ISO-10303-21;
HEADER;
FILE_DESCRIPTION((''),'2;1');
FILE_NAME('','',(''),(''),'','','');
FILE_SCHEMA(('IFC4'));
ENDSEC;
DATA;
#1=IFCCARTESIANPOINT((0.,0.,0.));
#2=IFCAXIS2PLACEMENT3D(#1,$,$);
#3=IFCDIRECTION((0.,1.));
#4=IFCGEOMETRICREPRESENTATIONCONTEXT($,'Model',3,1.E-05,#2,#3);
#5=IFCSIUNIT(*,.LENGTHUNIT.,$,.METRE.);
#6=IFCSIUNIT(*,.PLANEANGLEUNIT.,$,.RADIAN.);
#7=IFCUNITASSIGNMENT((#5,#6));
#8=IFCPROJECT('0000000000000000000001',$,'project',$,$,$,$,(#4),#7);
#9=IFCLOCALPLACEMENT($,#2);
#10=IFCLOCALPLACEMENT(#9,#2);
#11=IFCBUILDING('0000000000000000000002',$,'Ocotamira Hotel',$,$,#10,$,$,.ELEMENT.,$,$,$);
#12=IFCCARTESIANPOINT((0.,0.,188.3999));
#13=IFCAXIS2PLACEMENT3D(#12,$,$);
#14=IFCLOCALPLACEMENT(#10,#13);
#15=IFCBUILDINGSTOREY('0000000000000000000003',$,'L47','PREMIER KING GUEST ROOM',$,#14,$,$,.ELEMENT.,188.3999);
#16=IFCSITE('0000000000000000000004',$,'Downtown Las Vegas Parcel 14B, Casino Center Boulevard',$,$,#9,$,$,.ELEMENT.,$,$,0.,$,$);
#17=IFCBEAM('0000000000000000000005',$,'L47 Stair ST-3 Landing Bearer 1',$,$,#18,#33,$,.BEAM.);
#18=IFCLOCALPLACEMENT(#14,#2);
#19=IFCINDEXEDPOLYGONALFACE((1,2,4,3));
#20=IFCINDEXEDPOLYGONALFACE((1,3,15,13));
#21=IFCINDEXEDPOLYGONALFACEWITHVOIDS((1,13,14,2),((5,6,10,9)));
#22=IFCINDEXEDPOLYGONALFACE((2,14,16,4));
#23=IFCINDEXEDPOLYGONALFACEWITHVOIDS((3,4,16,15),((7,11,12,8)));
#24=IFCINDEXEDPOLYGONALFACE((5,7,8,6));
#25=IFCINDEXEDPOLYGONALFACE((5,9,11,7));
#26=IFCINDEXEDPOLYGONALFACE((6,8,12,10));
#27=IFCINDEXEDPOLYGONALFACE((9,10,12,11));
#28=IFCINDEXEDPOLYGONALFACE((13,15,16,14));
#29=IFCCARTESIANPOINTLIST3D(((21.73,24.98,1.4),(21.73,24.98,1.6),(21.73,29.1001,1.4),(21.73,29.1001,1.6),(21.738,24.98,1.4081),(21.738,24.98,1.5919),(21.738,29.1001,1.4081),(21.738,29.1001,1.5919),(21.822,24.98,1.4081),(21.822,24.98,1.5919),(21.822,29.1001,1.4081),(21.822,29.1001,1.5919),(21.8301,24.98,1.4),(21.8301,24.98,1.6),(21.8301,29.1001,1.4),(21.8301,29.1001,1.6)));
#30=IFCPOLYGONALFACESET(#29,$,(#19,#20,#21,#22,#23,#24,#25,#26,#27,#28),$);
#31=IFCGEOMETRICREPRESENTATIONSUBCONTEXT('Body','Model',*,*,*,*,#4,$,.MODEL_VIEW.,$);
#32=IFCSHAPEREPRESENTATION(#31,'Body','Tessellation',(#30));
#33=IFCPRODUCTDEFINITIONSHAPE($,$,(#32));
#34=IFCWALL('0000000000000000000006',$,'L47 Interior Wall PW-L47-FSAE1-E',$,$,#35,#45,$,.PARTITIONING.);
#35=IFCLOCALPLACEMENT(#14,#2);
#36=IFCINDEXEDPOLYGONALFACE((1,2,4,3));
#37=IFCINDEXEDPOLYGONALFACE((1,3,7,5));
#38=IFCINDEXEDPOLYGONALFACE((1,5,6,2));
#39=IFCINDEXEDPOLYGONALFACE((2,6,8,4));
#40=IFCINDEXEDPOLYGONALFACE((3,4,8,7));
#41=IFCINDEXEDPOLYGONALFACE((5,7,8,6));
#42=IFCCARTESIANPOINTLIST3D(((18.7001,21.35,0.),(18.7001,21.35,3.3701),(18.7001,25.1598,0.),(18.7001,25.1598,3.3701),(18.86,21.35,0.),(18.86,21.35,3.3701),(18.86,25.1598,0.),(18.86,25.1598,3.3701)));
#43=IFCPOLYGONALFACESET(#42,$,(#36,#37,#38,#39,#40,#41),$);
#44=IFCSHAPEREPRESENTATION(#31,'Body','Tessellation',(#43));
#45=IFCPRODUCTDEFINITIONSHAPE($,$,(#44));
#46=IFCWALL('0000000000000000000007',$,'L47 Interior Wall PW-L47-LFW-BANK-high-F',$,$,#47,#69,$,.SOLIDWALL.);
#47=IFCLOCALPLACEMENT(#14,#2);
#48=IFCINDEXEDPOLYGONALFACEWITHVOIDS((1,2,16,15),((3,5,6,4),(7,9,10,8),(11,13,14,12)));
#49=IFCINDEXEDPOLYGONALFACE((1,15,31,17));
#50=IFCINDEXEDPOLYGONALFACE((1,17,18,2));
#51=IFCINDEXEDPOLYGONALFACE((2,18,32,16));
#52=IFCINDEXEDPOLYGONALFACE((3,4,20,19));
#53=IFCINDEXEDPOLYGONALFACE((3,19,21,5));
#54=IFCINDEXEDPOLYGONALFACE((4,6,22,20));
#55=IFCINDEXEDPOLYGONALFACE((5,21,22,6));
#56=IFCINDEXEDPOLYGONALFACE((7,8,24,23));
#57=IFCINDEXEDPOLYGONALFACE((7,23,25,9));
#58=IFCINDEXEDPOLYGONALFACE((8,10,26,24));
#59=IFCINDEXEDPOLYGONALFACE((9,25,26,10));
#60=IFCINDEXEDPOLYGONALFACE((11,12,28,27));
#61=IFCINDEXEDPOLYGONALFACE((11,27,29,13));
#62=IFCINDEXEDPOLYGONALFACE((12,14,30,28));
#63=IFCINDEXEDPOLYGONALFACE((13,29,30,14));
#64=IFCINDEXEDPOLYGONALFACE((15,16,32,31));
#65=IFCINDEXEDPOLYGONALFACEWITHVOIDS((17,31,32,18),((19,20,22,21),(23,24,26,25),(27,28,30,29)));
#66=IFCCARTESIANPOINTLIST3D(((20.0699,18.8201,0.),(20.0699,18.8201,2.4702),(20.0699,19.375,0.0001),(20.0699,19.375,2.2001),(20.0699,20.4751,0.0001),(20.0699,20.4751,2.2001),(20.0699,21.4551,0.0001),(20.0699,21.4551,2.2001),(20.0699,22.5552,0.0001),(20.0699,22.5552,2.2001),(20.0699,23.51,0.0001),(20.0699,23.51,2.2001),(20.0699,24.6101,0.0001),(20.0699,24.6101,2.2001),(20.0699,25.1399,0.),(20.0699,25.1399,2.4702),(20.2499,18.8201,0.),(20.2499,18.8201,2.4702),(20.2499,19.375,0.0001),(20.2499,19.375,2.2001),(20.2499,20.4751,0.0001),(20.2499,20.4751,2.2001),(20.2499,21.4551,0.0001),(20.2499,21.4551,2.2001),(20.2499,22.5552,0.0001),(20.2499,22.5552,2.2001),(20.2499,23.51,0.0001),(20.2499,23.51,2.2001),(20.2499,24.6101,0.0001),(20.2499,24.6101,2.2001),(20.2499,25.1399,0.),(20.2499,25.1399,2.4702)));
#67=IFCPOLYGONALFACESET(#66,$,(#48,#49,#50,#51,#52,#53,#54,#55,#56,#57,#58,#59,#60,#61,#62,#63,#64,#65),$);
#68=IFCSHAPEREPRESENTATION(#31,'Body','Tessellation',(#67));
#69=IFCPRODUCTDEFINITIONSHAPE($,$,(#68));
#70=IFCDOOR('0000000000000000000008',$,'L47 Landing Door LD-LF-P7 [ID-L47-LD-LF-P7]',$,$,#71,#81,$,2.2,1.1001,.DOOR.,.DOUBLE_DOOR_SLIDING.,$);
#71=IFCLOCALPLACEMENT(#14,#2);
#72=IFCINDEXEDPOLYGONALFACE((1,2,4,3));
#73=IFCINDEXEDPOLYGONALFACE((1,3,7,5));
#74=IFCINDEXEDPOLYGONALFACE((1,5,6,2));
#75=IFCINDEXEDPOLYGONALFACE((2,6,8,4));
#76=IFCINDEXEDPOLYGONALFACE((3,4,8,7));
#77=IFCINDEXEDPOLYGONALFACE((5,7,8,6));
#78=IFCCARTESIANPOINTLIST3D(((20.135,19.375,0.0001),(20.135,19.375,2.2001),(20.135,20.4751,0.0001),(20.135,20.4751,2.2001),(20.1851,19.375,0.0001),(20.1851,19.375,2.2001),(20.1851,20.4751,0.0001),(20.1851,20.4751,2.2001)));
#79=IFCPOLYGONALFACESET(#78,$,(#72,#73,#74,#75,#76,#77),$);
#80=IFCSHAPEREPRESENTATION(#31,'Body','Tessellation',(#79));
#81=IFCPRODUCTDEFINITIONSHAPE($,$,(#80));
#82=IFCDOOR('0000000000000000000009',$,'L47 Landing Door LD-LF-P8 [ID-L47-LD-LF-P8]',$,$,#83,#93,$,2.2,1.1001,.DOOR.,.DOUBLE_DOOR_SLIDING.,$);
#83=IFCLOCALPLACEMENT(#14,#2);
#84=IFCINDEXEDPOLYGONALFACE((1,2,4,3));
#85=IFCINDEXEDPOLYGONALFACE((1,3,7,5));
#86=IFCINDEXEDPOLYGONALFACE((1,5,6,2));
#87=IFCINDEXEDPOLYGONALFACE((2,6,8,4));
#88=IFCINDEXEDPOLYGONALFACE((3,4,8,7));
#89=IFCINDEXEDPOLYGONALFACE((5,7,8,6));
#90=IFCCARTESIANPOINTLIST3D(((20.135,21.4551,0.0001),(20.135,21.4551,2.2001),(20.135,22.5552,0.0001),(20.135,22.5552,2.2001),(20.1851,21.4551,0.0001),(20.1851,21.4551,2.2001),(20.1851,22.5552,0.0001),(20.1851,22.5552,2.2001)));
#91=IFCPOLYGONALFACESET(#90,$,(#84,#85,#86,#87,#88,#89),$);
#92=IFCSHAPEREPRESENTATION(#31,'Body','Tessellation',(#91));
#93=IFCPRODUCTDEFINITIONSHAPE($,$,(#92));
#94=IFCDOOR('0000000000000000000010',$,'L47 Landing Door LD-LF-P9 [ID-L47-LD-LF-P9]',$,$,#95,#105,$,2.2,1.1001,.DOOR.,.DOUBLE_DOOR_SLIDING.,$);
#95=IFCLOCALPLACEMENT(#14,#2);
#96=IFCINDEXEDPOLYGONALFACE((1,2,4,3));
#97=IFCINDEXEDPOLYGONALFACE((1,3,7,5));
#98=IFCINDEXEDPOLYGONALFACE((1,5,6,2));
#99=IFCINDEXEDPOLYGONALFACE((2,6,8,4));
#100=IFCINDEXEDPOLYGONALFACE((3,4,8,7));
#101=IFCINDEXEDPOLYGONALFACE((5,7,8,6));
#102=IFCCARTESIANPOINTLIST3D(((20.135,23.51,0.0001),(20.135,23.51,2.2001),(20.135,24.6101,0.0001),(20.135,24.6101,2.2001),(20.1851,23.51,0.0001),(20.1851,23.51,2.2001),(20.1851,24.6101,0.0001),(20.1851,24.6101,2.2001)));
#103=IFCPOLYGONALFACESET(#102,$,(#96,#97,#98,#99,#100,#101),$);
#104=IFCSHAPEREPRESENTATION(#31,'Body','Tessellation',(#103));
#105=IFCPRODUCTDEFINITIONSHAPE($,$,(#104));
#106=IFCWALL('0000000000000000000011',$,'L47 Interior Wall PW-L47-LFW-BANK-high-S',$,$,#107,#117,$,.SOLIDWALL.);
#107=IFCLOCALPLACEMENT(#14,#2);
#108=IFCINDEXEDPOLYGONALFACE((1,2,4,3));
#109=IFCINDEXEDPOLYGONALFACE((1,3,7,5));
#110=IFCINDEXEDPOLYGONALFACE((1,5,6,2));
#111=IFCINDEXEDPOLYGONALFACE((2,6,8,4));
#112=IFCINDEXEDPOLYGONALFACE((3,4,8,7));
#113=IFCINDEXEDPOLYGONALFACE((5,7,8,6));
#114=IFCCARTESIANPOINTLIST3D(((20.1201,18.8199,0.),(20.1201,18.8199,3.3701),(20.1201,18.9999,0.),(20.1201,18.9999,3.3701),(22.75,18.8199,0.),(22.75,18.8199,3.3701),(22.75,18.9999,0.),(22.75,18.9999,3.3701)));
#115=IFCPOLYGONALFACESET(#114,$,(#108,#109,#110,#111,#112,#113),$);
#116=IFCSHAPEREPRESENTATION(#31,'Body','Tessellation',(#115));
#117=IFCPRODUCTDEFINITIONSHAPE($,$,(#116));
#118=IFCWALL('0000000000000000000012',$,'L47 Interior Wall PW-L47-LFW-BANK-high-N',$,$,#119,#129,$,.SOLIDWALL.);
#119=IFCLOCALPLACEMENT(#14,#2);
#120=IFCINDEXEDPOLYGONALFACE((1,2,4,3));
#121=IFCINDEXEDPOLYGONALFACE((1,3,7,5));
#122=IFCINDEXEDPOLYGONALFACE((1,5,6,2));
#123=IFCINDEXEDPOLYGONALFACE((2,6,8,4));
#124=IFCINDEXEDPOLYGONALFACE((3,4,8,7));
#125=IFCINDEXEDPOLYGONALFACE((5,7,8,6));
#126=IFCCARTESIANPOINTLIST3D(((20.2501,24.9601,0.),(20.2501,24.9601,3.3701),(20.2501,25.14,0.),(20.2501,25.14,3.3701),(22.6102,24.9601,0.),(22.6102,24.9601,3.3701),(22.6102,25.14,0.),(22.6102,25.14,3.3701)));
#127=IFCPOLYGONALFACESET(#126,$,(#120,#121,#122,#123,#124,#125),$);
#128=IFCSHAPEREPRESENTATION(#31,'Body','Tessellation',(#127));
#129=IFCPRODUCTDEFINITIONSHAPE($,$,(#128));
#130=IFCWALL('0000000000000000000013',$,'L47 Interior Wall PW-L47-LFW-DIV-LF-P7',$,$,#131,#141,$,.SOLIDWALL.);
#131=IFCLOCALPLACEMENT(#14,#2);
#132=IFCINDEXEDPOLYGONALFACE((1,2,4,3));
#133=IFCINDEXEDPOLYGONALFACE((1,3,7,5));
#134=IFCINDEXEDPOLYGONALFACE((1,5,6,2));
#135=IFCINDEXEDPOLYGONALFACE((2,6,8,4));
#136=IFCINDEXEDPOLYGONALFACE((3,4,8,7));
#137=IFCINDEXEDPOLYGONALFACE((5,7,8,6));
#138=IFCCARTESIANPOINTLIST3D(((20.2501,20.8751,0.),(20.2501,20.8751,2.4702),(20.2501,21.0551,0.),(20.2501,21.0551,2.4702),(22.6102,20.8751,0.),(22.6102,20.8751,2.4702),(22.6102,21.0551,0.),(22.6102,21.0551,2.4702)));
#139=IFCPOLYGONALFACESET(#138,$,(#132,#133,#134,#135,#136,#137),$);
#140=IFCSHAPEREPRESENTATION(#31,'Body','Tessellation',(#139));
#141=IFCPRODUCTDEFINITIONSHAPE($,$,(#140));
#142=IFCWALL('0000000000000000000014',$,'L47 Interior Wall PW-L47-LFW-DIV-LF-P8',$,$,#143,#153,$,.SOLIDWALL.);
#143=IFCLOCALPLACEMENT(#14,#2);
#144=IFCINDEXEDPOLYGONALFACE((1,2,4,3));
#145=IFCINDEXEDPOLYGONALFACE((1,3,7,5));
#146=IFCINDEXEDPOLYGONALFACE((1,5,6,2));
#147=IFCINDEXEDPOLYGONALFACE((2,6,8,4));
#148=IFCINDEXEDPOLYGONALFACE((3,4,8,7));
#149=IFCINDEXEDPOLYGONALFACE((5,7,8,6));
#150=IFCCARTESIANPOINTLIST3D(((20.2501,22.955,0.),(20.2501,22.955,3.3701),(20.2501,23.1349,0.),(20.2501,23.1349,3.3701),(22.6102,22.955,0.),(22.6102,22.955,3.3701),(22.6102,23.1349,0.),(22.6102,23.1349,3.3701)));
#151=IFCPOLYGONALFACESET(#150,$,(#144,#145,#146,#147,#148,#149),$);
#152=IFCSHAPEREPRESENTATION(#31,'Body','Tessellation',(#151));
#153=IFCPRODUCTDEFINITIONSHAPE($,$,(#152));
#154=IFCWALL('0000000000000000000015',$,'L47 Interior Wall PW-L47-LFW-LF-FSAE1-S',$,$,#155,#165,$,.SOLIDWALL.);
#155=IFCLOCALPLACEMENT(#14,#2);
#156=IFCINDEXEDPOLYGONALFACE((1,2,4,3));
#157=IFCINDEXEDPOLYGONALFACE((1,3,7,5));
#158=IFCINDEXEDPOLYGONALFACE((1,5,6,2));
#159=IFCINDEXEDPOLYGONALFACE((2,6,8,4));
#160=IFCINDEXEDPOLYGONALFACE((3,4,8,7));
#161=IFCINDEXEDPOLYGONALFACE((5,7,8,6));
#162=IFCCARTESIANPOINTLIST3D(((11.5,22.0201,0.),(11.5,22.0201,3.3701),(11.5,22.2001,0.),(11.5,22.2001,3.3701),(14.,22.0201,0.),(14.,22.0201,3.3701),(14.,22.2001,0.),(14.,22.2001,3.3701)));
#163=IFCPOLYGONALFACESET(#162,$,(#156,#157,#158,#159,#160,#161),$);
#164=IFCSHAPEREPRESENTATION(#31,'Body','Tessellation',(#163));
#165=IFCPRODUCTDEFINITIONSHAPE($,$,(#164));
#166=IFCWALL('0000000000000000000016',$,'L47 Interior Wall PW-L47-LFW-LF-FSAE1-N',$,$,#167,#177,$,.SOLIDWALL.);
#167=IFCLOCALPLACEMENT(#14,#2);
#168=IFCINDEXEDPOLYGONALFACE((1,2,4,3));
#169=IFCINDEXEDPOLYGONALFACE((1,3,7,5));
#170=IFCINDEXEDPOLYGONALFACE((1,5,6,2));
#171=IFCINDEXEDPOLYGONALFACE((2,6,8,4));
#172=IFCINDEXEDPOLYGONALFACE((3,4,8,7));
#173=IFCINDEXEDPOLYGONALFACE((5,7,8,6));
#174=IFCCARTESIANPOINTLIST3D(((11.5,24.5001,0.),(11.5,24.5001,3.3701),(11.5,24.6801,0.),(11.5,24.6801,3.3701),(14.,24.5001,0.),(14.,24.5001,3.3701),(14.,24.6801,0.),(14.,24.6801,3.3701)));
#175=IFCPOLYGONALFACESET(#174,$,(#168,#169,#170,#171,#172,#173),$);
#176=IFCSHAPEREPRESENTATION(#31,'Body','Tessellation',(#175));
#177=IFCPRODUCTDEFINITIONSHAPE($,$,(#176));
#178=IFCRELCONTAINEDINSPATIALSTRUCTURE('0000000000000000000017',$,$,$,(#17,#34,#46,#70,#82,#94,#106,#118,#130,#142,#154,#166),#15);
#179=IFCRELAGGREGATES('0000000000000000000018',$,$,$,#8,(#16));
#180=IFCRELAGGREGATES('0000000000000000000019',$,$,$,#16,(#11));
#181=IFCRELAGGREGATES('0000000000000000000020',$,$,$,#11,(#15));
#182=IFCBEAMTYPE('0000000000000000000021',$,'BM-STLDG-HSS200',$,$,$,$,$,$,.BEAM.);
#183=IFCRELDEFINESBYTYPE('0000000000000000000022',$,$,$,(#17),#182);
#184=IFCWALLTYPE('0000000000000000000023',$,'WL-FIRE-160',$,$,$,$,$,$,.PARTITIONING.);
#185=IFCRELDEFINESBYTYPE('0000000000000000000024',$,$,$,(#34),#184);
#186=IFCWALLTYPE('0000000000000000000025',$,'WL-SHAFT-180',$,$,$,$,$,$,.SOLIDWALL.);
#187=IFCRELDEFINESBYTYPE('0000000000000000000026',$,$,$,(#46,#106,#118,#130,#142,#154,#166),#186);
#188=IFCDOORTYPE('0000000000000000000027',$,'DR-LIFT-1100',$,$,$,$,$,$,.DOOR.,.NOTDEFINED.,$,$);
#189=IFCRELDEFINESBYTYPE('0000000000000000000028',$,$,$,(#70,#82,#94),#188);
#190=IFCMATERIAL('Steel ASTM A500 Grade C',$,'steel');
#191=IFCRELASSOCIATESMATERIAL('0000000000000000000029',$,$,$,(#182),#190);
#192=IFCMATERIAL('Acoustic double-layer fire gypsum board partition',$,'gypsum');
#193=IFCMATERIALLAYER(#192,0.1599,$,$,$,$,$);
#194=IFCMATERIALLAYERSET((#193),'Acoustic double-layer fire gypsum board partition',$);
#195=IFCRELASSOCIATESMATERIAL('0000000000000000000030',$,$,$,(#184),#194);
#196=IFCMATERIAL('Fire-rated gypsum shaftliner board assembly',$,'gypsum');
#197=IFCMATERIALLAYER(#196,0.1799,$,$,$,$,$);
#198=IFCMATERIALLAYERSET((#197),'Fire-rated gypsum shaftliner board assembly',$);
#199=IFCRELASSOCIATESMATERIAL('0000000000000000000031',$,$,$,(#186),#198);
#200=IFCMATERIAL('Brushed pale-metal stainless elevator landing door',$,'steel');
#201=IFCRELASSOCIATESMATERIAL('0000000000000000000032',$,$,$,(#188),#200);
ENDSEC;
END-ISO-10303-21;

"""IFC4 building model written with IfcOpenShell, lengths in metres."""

from ifc_helpers import new_model, si_unit, direction, frame, frame_2d, origin, origin_2d, place, context, subcontext, project, spatial, rectangle, hollow_rectangle, extrude, source, transform, mapped, material, layer, layer_set, material_profile, profile_set, type_object, element, fill, save


model = new_model("IFC4")

# Units and contexts
model_context = context("Model", 3, precision=1e-05, world=origin(), true_north=direction((0.0, 1.0)))
body_context = subcontext(model_context, "Body", "Model", "MODEL_VIEW")
ifc_project = project(units=[si_unit("LENGTHUNIT", "METRE"), si_unit("PLANEANGLEUNIT", "RADIAN")], contexts=[model_context])

# Site, building, storey
site_placement = place(None, origin())
site = spatial("IfcSite", under=ifc_project, at=site_placement, Name="Downtown Las Vegas Parcel 14B, Casino Center Boulevard", CompositionType="ELEMENT", RefElevation=0.0)
building_placement = place(site_placement, origin())
building = spatial("IfcBuilding", under=site, at=building_placement, Name="Ocotamira Hotel", CompositionType="ELEMENT")
storey_placement = place(building_placement, frame((0.0, 0.0, 188.3999)))
storey = spatial("IfcBuildingStorey", under=building, at=storey_placement, Name="L47", Description="PREMIER KING GUEST ROOM", CompositionType="ELEMENT", Elevation=188.3999)

# Beam
ifc_material_1 = material(Name="Steel ASTM A500 Grade C", Category="steel")
ifc_material_profile = material_profile(ifc_material_1, hollow_rectangle(XDim=0.1001, YDim=0.2, WallThickness=0.0081, at=origin_2d()), Name="HSS200X100X8")
ifc_profile_set = profile_set([ifc_material_profile], Name="Steel ASTM A500 Grade C")
beam_type = type_object("IfcBeamType", Name="BM-STLDG-HSS200", PredefinedType="BEAM", material=ifc_profile_set)
shared_shape_1 = source(origin(), body_context, "Body", "SweptSolid", [
    extrude(hollow_rectangle(XDim=0.1001, YDim=0.2, WallThickness=0.0081, at=origin_2d()), origin(), (0.0, 0.0, 1.0), 4.1201),
])
beam_placement = place(storey_placement, frame((21.78, 24.98, 1.5), z_axis=(0.0, 1.0, 0.0), x_axis=(-1.0, 0.0, 0.0)))
element("IfcBeam", 1, at=beam_placement, inside=storey, type_object=beam_type, Name="L47 Stair ST-3 Landing Bearer 1", PredefinedType="BEAM", context=body_context, shape_type="MappedRepresentation", body=[
    mapped(shared_shape_1, transform((0.0, 0.0, 0.0), scale=1.0)),
])

# Shared definitions
ifc_material_2 = material(Name="Acoustic double-layer fire gypsum board partition", Category="gypsum")
ifc_layer_1 = layer(ifc_material_2, 0.1599)
ifc_layer_set_1 = layer_set([ifc_layer_1], Name="Acoustic double-layer fire gypsum board partition")
wall_type_1 = type_object("IfcWallType", Name="WL-FIRE-160", PredefinedType="PARTITIONING", material=ifc_layer_set_1)

# Wall
wall_1_placement = place(storey_placement, frame((18.78, 21.3501, 0.0), z_axis=(0.0, 0.0, 1.0), x_axis=(0.0, 1.0, 0.0)))
element("IfcWall", 2, at=wall_1_placement, inside=storey, type_object=wall_type_1, Name="L47 Interior Wall PW-L47-FSAE1-E", PredefinedType="PARTITIONING", context=body_context, shape_type="SweptSolid", body=[
    extrude(rectangle(XDim=3.8098, YDim=0.1599, at=frame_2d((1.9048, 0.0))), origin(), (0.0, 0.0, 1.0), 3.3701),
])

# Wall, openings, doors
ifc_material_3 = material(Name="Fire-rated gypsum shaftliner board assembly", Category="gypsum")
ifc_layer_2 = layer(ifc_material_3, 0.1799)
ifc_layer_set_2 = layer_set([ifc_layer_2], Name="Fire-rated gypsum shaftliner board assembly")
wall_type_2 = type_object("IfcWallType", Name="WL-SHAFT-180", PredefinedType="SOLIDWALL", material=ifc_layer_set_2)
wall_2_placement = place(storey_placement, frame((20.1599, 18.8201, 0.0), z_axis=(0.0, 0.0, 1.0), x_axis=(0.0, 1.0, 0.0)))
wall_2 = element("IfcWall", 3, at=wall_2_placement, inside=storey, type_object=wall_type_2, Name="L47 Interior Wall PW-L47-LFW-BANK-high-F", PredefinedType="SOLIDWALL", context=body_context, shape_type="SweptSolid", body=[
    extrude(rectangle(XDim=6.3198, YDim=0.1799, at=frame_2d((3.1599, 0.0))), origin(), (0.0, 0.0, 1.0), 2.4702),
])
opening_1_placement = place(wall_2_placement, frame((0.5549, 0.0, 0.0)))
opening_1 = element("IfcOpeningElement", 4, at=opening_1_placement, cuts=wall_2, PredefinedType="OPENING", context=body_context, shape_type="SweptSolid", body=[
    extrude(rectangle(XDim=1.1001, YDim=2.2, at=frame_2d((0.55, 1.1001))), frame((0.0, 0.1001, 0.0), z_axis=(0.0, -1.0, 0.0), x_axis=(1.0, 0.0, 0.0)), (0.0, 0.0, 1.0), 0.2),
])
opening_2_placement = place(wall_2_placement, frame((2.635, 0.0, 0.0)))
opening_2 = element("IfcOpeningElement", 5, at=opening_2_placement, cuts=wall_2, PredefinedType="OPENING", context=body_context, shape_type="SweptSolid", body=[
    extrude(rectangle(XDim=1.1001, YDim=2.2, at=frame_2d((0.55, 1.1001))), frame((0.0, 0.1001, 0.0), z_axis=(0.0, -1.0, 0.0), x_axis=(1.0, 0.0, 0.0)), (0.0, 0.0, 1.0), 0.2),
])
opening_3_placement = place(wall_2_placement, frame((4.6899, 0.0, 0.0)))
opening_3 = element("IfcOpeningElement", 6, at=opening_3_placement, cuts=wall_2, PredefinedType="OPENING", context=body_context, shape_type="SweptSolid", body=[
    extrude(rectangle(XDim=1.1001, YDim=2.2, at=frame_2d((0.55, 1.1001))), frame((0.0, 0.1001, 0.0), z_axis=(0.0, -1.0, 0.0), x_axis=(1.0, 0.0, 0.0)), (0.0, 0.0, 1.0), 0.2),
])
ifc_material_4 = material(Name="Brushed pale-metal stainless elevator landing door", Category="steel")
door_type_1 = type_object("IfcDoorType", Name="DR-LIFT-1100", OperationType="NOTDEFINED", PredefinedType="DOOR", material=ifc_material_4)
shared_shape_2 = source(origin(), body_context, "Body", "SweptSolid", [
    extrude(rectangle(XDim=1.1001, YDim=2.2, at=frame_2d((0.55, 1.1001))), frame((0.0, 0.0249, 0.0), z_axis=(0.0, -1.0, 0.0), x_axis=(1.0, 0.0, 0.0)), (0.0, 0.0, 1.0), 0.05),
])
door_1_placement = place(opening_1_placement, origin())
door_1 = element("IfcDoor", 7, at=door_1_placement, inside=storey, type_object=door_type_1, Name="L47 Landing Door LD-LF-P7 [ID-L47-LD-LF-P7]", OperationType="DOUBLE_DOOR_SLIDING", OverallHeight=2.2, OverallWidth=1.1001, PredefinedType="DOOR", context=body_context, shape_type="MappedRepresentation", body=[
    mapped(shared_shape_2, transform((0.0, 0.0, 0.0), scale=1.0)),
])
fill(opening_1, door_1)
door_2_placement = place(opening_2_placement, origin())
door_2 = element("IfcDoor", 8, at=door_2_placement, inside=storey, type_object=door_type_1, Name="L47 Landing Door LD-LF-P8 [ID-L47-LD-LF-P8]", OperationType="DOUBLE_DOOR_SLIDING", OverallHeight=2.2, OverallWidth=1.1001, PredefinedType="DOOR", context=body_context, shape_type="MappedRepresentation", body=[
    mapped(shared_shape_2, transform((0.0, 0.0, 0.0), scale=1.0)),
])
fill(opening_2, door_2)
door_3_placement = place(opening_3_placement, origin())
door_3 = element("IfcDoor", 9, at=door_3_placement, inside=storey, type_object=door_type_1, Name="L47 Landing Door LD-LF-P9 [ID-L47-LD-LF-P9]", OperationType="DOUBLE_DOOR_SLIDING", OverallHeight=2.2, OverallWidth=1.1001, PredefinedType="DOOR", context=body_context, shape_type="MappedRepresentation", body=[
    mapped(shared_shape_2, transform((0.0, 0.0, 0.0), scale=1.0)),
])
fill(opening_3, door_3)

# Walls
wall_3_placement = place(storey_placement, frame((20.1201, 18.9099, 0.0), z_axis=(0.0, 0.0, 1.0), x_axis=(1.0, 0.0, 0.0)))
element("IfcWall", 10, at=wall_3_placement, inside=storey, type_object=wall_type_2, Name="L47 Interior Wall PW-L47-LFW-BANK-high-S", PredefinedType="SOLIDWALL", context=body_context, shape_type="SweptSolid", body=[
    extrude(rectangle(XDim=2.6299, YDim=0.1799, at=frame_2d((1.3149, 0.0))), origin(), (0.0, 0.0, 1.0), 3.3701),
])
wall_4_placement = place(storey_placement, frame((20.25, 25.05, 0.0), z_axis=(0.0, 0.0, 1.0), x_axis=(1.0, 0.0, 0.0)))
element("IfcWall", 11, at=wall_4_placement, inside=storey, type_object=wall_type_2, Name="L47 Interior Wall PW-L47-LFW-BANK-high-N", PredefinedType="SOLIDWALL", context=body_context, shape_type="SweptSolid", body=[
    extrude(rectangle(XDim=2.3601, YDim=0.1799, at=frame_2d((1.1802, 0.0))), origin(), (0.0, 0.0, 1.0), 3.3701),
])
wall_5_placement = place(storey_placement, frame((20.25, 20.9651, 0.0), z_axis=(0.0, 0.0, 1.0), x_axis=(1.0, 0.0, 0.0)))
element("IfcWall", 12, at=wall_5_placement, inside=storey, type_object=wall_type_2, Name="L47 Interior Wall PW-L47-LFW-DIV-LF-P7", PredefinedType="SOLIDWALL", context=body_context, shape_type="SweptSolid", body=[
    extrude(rectangle(XDim=2.3601, YDim=0.1799, at=frame_2d((1.1802, 0.0))), origin(), (0.0, 0.0, 1.0), 2.4702),
])
wall_6_placement = place(storey_placement, frame((20.25, 23.0449, 0.0), z_axis=(0.0, 0.0, 1.0), x_axis=(1.0, 0.0, 0.0)))
element("IfcWall", 13, at=wall_6_placement, inside=storey, type_object=wall_type_2, Name="L47 Interior Wall PW-L47-LFW-DIV-LF-P8", PredefinedType="SOLIDWALL", context=body_context, shape_type="SweptSolid", body=[
    extrude(rectangle(XDim=2.3601, YDim=0.1799, at=frame_2d((1.1802, 0.0))), origin(), (0.0, 0.0, 1.0), 3.3701),
])
for number, where, z_axis, x_axis, name in (
    (14, (11.5, 22.1101, 0.0), (0.0, 0.0, 1.0), (1.0, 0.0, 0.0), "L47 Interior Wall PW-L47-LFW-LF-FSAE1-S"),
    (15, (11.5, 24.5901, 0.0), (0.0, 0.0, 1.0), (1.0, 0.0, 0.0), "L47 Interior Wall PW-L47-LFW-LF-FSAE1-N"),
):
    element("IfcWall", number, at=place(storey_placement, frame(where, z_axis=z_axis, x_axis=x_axis)), inside=storey, type_object=wall_type_2, Name=name, PredefinedType="SOLIDWALL", context=body_context, shape_type="SweptSolid", body=[
        extrude(rectangle(XDim=2.5, YDim=0.1799, at=frame_2d((1.25, 0.0))), origin(), (0.0, 0.0, 1.0), 3.3701),
    ])

save(model, "model.ifc")
